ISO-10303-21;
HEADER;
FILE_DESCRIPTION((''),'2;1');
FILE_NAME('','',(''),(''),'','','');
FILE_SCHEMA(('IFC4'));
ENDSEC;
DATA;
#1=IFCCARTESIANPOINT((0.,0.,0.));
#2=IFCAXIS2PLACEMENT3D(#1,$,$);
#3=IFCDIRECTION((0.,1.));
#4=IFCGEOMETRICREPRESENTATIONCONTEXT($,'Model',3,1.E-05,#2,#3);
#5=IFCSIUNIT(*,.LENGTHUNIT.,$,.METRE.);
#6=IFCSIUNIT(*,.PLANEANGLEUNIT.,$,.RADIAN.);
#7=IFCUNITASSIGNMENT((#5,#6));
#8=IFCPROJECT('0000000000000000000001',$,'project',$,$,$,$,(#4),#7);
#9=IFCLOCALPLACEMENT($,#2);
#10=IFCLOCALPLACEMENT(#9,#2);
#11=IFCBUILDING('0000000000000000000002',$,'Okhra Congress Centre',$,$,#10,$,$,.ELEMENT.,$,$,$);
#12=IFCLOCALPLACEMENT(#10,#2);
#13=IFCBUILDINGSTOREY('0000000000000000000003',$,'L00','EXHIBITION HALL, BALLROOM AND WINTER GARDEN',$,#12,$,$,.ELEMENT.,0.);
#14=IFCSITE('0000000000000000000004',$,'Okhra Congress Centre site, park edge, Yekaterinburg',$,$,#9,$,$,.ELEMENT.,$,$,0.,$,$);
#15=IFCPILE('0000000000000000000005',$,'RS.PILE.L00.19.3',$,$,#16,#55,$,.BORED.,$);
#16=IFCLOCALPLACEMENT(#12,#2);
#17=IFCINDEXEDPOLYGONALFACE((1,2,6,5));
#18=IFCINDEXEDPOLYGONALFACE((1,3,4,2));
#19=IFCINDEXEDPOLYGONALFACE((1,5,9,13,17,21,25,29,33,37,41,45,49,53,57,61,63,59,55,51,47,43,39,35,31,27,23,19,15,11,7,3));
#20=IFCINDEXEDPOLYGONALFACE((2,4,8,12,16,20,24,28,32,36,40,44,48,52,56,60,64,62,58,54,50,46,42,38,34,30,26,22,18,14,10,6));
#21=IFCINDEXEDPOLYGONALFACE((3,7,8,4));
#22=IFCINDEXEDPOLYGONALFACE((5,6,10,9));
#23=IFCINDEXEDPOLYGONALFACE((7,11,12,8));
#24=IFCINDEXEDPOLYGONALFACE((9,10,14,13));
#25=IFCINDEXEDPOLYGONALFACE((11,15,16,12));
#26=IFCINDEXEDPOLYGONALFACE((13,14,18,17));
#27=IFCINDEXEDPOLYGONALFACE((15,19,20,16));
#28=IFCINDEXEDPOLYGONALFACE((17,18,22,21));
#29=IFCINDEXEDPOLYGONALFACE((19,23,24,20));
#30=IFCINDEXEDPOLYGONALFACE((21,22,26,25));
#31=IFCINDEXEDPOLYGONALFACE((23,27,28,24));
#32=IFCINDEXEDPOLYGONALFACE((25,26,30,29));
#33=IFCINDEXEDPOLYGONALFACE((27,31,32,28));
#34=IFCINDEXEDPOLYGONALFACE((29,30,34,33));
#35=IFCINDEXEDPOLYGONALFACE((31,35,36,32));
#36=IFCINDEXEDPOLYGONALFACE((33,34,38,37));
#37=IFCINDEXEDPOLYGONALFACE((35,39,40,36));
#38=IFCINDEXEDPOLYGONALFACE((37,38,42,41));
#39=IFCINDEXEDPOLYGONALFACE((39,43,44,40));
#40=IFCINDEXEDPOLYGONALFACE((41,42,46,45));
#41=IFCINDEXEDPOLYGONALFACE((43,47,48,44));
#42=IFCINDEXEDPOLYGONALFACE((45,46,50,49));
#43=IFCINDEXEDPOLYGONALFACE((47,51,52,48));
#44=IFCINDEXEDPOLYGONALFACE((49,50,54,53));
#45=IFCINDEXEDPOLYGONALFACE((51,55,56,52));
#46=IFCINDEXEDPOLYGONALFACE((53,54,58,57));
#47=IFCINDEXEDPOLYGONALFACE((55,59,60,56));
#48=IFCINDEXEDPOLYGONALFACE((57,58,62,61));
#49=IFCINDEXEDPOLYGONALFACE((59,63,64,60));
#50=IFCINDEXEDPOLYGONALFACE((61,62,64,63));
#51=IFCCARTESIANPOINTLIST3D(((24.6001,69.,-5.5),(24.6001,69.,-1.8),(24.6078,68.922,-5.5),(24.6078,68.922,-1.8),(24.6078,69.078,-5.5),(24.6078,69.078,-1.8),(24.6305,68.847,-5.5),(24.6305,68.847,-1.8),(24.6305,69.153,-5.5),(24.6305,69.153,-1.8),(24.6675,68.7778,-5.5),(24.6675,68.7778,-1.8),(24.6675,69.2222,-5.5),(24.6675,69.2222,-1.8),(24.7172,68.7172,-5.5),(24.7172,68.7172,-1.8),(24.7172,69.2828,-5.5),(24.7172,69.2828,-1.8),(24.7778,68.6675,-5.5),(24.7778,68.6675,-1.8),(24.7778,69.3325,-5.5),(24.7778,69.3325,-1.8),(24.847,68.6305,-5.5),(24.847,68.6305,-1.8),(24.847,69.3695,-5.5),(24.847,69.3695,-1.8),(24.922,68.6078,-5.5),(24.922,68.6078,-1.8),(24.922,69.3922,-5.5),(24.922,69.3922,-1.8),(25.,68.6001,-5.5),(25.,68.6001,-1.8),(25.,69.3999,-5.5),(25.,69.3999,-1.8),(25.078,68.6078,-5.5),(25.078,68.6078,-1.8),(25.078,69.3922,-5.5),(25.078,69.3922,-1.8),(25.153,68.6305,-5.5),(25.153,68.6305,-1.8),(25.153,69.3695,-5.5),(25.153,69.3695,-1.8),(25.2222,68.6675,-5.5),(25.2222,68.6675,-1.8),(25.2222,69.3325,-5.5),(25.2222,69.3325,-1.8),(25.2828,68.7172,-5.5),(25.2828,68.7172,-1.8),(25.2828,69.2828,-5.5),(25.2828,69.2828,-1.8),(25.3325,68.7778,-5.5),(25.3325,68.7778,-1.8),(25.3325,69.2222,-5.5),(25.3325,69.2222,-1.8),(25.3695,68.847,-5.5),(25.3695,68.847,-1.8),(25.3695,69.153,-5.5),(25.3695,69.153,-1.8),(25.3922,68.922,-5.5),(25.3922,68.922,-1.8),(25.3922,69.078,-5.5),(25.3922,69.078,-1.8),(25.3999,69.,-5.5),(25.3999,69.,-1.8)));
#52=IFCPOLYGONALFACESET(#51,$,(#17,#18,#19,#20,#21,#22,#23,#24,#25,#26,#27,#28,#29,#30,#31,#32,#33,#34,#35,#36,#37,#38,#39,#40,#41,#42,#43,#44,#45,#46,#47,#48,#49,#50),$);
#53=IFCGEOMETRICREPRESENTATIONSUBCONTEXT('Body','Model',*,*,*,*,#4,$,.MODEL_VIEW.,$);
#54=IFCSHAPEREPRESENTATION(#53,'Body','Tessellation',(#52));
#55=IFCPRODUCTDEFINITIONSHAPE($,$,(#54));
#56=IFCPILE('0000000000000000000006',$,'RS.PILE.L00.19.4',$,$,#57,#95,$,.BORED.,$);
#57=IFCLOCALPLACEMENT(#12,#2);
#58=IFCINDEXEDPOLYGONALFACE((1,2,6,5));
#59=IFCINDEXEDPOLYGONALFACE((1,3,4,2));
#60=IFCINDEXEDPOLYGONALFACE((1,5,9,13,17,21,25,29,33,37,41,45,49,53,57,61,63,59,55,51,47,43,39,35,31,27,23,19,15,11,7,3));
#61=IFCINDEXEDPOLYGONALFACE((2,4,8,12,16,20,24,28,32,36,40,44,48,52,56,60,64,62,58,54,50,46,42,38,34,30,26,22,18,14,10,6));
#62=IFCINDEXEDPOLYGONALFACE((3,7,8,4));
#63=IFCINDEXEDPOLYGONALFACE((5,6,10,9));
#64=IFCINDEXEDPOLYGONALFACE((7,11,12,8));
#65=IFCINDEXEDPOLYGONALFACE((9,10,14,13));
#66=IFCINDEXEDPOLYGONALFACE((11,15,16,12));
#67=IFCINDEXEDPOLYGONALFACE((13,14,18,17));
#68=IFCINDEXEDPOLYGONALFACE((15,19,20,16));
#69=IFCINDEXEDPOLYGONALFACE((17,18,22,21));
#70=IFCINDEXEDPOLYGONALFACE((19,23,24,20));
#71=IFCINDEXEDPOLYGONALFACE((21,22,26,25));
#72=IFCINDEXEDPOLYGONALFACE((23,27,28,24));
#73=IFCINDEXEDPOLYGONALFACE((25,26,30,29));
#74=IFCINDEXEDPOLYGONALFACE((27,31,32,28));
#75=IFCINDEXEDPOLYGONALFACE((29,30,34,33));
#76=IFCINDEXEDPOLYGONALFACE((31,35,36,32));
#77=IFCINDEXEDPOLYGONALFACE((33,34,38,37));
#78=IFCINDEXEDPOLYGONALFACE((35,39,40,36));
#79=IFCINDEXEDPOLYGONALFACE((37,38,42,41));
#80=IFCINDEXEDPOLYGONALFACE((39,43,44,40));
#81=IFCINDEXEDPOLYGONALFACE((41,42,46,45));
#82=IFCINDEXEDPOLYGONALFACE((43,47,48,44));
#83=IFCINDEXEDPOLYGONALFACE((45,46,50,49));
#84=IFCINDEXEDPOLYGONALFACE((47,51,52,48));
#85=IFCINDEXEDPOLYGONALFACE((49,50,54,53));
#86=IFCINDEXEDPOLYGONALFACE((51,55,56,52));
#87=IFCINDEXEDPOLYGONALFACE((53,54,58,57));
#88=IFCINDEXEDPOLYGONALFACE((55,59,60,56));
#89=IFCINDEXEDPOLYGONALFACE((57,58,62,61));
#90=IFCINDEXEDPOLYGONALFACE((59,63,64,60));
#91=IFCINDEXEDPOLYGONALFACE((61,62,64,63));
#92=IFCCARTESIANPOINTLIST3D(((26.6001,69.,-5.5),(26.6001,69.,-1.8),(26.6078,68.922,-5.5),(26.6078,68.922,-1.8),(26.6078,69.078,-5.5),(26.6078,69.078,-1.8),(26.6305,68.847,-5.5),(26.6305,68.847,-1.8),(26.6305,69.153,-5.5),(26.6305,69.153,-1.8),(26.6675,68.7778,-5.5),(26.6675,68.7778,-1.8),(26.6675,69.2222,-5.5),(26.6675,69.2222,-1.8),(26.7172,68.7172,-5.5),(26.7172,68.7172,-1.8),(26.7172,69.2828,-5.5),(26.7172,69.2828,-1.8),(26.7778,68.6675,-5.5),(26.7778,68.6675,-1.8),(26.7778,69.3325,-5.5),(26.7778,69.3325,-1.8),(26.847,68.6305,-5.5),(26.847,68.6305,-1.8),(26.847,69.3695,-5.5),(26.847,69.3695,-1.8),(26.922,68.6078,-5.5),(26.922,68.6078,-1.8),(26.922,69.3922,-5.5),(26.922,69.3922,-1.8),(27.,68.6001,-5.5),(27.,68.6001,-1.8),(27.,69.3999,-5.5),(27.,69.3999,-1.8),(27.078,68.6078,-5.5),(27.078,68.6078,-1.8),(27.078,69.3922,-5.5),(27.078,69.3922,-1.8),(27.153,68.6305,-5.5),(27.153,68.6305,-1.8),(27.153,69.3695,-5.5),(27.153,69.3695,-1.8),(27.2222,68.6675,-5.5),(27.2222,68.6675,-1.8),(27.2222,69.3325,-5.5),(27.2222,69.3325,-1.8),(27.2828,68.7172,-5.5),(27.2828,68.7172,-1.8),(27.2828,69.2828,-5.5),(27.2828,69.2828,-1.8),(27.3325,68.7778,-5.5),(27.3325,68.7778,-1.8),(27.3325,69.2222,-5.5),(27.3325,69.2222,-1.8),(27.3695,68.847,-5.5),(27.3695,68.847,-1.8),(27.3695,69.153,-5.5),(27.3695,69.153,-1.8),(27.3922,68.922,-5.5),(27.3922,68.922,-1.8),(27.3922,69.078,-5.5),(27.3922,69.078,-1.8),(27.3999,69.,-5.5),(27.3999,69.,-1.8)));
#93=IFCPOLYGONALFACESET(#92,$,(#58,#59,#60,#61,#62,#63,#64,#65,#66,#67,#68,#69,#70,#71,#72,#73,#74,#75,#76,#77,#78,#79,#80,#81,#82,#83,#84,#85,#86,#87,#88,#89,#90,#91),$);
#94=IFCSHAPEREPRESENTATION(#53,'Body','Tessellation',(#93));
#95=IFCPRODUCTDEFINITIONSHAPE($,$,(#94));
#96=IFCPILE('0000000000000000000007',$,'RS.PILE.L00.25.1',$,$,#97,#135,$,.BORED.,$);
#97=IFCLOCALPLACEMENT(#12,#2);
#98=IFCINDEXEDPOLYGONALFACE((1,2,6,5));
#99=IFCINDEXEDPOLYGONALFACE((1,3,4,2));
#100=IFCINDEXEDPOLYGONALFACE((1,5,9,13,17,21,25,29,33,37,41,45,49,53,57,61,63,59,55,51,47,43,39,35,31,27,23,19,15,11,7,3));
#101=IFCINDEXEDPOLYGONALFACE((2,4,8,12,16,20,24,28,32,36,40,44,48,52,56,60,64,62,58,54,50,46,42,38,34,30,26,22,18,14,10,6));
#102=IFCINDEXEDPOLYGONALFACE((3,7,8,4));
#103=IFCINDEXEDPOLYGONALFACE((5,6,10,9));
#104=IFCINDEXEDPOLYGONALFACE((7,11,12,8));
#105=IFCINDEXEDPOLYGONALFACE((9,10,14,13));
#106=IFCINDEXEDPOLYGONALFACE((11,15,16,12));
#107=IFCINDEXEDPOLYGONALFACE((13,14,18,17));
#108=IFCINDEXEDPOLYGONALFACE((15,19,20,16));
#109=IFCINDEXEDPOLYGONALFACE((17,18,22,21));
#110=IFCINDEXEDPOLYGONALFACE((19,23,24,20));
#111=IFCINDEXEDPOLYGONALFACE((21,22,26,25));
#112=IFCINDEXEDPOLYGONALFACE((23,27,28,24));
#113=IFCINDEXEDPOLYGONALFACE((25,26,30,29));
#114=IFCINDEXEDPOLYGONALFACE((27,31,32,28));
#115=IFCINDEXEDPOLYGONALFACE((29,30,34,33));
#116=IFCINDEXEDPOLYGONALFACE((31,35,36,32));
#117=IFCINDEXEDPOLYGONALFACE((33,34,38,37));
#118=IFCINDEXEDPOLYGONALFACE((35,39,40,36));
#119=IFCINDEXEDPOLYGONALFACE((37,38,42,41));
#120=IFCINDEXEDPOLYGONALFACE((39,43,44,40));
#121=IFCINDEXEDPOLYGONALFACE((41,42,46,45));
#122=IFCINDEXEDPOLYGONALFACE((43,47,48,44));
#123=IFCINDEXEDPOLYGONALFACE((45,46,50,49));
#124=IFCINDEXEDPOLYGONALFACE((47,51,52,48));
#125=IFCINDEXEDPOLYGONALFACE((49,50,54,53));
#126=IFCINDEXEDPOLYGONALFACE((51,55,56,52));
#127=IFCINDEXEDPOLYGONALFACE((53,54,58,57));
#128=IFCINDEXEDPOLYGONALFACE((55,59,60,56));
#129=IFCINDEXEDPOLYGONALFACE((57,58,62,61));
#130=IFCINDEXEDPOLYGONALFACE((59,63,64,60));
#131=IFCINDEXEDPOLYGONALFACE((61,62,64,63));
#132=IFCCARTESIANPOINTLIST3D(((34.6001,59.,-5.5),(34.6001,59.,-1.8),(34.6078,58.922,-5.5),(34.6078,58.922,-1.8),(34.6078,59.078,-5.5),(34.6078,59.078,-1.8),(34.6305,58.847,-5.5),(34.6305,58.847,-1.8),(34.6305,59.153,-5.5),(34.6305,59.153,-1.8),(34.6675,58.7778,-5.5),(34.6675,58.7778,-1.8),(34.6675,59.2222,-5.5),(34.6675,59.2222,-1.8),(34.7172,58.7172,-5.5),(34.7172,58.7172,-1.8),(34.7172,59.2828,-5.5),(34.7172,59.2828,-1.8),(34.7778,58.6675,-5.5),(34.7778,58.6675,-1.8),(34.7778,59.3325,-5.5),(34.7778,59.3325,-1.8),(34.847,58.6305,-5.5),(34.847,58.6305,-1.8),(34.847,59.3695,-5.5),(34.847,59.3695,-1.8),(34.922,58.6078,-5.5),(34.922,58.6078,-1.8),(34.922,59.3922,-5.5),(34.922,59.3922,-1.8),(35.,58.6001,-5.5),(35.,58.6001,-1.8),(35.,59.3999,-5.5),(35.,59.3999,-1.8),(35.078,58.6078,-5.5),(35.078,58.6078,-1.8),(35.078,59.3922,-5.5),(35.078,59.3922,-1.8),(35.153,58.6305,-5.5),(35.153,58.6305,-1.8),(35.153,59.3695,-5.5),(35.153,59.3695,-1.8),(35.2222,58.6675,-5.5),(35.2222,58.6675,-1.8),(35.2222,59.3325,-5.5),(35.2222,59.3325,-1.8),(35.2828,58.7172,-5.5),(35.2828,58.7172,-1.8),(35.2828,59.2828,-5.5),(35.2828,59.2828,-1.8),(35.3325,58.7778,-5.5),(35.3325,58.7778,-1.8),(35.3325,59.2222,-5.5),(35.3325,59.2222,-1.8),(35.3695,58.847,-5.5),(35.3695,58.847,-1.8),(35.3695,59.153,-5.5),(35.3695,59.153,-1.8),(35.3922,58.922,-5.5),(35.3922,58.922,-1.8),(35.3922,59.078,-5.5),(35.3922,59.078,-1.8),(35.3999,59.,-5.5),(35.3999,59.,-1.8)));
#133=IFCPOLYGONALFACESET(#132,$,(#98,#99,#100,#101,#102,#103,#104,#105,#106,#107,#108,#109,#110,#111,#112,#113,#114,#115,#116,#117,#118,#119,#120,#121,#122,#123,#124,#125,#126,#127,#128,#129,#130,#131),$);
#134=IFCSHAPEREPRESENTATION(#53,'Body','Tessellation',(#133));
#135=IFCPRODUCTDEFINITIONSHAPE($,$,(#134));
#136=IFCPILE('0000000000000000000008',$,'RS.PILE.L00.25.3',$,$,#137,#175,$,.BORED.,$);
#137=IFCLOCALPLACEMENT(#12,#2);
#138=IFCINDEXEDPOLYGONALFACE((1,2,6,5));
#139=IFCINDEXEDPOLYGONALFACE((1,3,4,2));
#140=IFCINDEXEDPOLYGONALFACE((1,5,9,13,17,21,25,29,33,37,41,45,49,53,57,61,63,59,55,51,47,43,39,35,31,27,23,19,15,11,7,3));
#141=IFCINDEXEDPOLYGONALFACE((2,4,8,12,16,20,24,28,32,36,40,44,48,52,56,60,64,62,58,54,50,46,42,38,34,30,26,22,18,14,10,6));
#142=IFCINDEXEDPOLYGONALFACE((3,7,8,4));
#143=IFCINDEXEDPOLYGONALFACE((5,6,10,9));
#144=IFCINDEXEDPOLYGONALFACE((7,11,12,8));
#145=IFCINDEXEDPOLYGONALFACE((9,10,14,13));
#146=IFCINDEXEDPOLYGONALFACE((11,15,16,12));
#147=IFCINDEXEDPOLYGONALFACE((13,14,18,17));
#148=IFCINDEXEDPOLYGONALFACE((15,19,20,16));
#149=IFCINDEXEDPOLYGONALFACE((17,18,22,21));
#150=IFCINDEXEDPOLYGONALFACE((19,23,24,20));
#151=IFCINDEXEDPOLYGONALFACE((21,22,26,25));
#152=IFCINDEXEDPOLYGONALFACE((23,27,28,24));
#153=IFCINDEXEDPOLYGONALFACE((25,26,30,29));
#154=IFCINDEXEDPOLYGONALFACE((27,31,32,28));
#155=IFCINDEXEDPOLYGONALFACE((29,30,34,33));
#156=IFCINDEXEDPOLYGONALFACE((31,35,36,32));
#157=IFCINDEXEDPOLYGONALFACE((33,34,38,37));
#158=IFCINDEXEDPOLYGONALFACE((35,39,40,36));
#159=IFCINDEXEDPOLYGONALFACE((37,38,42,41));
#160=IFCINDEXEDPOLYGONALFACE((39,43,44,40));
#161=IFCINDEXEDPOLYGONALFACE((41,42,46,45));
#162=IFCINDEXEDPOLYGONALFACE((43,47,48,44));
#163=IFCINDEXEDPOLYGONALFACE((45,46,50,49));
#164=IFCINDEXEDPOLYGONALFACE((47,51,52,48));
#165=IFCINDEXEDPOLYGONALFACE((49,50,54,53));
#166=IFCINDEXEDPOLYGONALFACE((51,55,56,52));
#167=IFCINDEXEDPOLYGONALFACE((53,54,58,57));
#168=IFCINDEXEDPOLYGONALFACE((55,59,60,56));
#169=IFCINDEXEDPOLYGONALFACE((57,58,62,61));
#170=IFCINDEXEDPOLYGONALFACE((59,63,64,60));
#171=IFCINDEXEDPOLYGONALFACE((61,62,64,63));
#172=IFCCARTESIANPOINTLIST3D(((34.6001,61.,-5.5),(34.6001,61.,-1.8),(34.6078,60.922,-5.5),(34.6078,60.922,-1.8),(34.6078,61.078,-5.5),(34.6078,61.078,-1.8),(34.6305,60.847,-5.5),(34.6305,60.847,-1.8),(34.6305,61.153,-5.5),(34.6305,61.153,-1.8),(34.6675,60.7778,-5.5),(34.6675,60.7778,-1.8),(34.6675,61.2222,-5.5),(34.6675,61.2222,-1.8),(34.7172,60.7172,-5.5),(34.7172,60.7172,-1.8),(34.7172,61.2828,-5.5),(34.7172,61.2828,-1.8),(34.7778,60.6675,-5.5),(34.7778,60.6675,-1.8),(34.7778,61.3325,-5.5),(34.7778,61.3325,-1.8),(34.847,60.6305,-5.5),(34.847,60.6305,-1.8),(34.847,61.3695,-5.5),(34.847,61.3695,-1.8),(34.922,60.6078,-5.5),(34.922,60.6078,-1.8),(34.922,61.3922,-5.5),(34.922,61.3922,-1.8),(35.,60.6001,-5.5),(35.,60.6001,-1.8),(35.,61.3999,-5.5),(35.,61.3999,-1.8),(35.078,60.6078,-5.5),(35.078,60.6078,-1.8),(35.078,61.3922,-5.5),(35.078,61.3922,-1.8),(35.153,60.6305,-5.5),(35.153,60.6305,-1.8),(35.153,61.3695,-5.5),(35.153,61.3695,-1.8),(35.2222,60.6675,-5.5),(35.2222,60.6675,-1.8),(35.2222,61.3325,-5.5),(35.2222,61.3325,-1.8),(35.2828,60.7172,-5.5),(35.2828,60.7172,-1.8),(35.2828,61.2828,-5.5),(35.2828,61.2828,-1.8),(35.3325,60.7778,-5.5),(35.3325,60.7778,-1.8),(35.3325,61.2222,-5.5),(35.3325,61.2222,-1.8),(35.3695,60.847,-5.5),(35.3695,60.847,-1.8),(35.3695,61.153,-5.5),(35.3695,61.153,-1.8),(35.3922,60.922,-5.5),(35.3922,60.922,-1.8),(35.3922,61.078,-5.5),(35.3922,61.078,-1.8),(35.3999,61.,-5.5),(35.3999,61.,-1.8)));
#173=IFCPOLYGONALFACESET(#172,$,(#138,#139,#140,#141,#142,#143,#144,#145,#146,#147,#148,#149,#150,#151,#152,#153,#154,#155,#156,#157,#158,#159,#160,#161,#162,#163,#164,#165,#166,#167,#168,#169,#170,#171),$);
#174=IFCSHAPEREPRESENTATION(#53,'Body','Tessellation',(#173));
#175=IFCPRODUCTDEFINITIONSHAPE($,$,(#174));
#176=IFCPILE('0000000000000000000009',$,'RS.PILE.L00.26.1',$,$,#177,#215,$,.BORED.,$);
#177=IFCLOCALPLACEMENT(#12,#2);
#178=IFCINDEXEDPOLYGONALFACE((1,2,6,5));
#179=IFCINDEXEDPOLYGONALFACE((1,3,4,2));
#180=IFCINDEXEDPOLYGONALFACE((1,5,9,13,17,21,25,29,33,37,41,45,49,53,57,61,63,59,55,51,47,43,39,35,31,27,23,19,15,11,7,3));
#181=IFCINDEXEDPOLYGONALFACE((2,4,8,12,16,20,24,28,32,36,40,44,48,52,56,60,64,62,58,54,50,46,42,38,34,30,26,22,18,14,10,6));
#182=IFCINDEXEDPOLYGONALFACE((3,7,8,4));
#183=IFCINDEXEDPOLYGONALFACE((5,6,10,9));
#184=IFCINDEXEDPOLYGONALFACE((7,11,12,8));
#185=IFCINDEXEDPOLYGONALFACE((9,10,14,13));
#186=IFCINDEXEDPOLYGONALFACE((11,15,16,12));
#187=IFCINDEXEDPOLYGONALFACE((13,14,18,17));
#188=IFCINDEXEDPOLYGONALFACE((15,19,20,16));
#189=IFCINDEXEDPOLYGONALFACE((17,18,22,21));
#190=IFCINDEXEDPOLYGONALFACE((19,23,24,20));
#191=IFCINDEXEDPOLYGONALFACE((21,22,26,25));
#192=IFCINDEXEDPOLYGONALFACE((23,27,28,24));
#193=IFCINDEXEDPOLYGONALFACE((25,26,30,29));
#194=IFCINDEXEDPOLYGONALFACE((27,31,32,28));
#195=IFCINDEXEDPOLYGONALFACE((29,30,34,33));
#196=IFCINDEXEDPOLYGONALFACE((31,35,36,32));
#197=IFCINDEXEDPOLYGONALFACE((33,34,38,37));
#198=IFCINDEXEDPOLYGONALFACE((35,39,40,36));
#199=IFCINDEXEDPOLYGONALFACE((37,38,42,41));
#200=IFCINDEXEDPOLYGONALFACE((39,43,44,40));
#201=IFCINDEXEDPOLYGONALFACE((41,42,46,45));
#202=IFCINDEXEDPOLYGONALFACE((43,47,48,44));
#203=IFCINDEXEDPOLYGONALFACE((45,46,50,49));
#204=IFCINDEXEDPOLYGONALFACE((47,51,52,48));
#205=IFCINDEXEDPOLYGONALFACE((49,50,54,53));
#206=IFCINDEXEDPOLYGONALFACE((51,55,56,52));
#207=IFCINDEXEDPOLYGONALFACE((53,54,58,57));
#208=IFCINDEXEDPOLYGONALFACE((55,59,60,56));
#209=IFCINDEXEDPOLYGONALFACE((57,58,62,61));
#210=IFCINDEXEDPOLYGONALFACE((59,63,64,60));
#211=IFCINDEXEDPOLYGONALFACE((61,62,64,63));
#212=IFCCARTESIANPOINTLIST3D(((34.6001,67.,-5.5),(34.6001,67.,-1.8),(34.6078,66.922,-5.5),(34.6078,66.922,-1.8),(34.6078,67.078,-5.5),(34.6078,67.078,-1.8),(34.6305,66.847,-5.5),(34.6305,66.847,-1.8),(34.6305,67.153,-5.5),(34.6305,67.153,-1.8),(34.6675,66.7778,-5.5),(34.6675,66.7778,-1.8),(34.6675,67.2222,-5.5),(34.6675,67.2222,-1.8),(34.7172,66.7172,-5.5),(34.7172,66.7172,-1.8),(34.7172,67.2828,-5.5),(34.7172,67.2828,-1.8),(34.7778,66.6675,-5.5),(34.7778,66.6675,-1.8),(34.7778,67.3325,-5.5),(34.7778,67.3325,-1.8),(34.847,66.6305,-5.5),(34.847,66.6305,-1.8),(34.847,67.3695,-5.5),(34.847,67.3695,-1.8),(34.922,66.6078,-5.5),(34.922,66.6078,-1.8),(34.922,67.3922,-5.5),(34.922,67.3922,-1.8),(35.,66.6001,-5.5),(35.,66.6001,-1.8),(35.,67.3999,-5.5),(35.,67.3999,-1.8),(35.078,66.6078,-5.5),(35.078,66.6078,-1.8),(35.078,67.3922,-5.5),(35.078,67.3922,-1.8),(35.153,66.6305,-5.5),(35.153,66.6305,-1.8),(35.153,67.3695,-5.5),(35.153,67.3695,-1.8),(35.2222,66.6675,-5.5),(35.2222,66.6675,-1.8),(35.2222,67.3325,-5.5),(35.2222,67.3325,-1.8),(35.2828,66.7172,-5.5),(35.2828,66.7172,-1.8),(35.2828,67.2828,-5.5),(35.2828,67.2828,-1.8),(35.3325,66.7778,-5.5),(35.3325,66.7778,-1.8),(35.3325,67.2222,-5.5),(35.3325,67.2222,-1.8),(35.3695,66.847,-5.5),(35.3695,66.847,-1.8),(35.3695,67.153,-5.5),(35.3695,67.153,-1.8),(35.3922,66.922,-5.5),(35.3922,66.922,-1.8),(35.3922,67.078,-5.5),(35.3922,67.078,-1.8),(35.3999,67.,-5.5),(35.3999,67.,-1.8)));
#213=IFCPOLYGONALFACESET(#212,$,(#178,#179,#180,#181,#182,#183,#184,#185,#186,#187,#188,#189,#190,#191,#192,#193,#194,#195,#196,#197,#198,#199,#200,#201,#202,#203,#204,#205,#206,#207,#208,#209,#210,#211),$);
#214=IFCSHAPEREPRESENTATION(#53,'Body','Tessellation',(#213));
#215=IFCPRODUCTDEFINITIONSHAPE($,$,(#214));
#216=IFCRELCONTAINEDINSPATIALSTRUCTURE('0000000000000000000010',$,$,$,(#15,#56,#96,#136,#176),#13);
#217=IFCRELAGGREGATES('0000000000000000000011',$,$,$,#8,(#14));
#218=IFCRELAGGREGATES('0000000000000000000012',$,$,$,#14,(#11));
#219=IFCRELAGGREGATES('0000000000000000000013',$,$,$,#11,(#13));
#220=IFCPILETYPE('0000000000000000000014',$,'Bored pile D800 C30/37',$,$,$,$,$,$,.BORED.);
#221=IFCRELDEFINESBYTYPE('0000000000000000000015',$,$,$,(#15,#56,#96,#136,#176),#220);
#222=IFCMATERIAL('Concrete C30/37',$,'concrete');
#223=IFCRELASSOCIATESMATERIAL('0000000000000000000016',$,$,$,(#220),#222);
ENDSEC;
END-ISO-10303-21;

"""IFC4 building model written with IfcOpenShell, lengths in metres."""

from ifc_helpers import new_model, si_unit, direction, frame, origin, origin_2d, place, context, subcontext, project, spatial, circle, extrude, material, material_profile, profile_set, type_object, element, save


model = new_model("IFC4")

# Units and contexts
model_context = context("Model", 3, precision=1e-05, world=origin(), true_north=direction((0.0, 1.0)))
body_context = subcontext(model_context, "Body", "Model", "MODEL_VIEW")
ifc_project = project(units=[si_unit("LENGTHUNIT", "METRE"), si_unit("PLANEANGLEUNIT", "RADIAN")], contexts=[model_context])

# Site, building, storey
site_placement = place(None, origin())
site = spatial("IfcSite", under=ifc_project, at=site_placement, Name="Okhra Congress Centre site, park edge, Yekaterinburg", CompositionType="ELEMENT", RefElevation=0.0)
building_placement = place(site_placement, origin())
building = spatial("IfcBuilding", under=site, at=building_placement, Name="Okhra Congress Centre", CompositionType="ELEMENT")
storey_placement = place(building_placement, origin())
storey = spatial("IfcBuildingStorey", under=building, at=storey_placement, Name="L00", Description="EXHIBITION HALL, BALLROOM AND WINTER GARDEN", CompositionType="ELEMENT", Elevation=0.0)

# Piles
ifc_material_1 = material(Name="Concrete C30/37", Category="concrete")
ifc_material_profile_1 = material_profile(ifc_material_1, circle(Radius=0.3999, at=origin_2d()), Name="D800")
ifc_profile_set_1 = profile_set([ifc_material_profile_1], Name="Concrete C30/37")
pile_type = type_object("IfcPileType", Name="Bored pile D800 C30/37", PredefinedType="BORED", material=ifc_profile_set_1)
for number, where, z_axis, x_axis, name in (
    (1, (25.0, 69.0, -1.8), (0.0, 0.0, -1.0), (1.0, 0.0, 0.0), "RS.PILE.L00.19.3"),
    (2, (27.0, 69.0, -1.8), (0.0, 0.0, -1.0), (1.0, 0.0, 0.0), "RS.PILE.L00.19.4"),
    (3, (35.0, 59.0, -1.8), (0.0, 0.0, -1.0), (1.0, 0.0, 0.0), "RS.PILE.L00.25.1"),
    (4, (35.0, 61.0, -1.8), (0.0, 0.0, -1.0), (1.0, 0.0, 0.0), "RS.PILE.L00.25.3"),
    (5, (35.0, 67.0, -1.8), (0.0, 0.0, -1.0), (1.0, 0.0, 0.0), "RS.PILE.L00.26.1"),
):
    element("IfcPile", number, at=place(storey_placement, frame(where, z_axis=z_axis, x_axis=x_axis)), inside=storey, type_object=pile_type, Name=name, PredefinedType="BORED", context=body_context, shape_type="SweptSolid", body=[
        extrude(circle(Radius=0.3999, at=origin_2d()), origin(), (0.0, 0.0, 1.0), 3.7),
    ])

save(model, "model.ifc")
